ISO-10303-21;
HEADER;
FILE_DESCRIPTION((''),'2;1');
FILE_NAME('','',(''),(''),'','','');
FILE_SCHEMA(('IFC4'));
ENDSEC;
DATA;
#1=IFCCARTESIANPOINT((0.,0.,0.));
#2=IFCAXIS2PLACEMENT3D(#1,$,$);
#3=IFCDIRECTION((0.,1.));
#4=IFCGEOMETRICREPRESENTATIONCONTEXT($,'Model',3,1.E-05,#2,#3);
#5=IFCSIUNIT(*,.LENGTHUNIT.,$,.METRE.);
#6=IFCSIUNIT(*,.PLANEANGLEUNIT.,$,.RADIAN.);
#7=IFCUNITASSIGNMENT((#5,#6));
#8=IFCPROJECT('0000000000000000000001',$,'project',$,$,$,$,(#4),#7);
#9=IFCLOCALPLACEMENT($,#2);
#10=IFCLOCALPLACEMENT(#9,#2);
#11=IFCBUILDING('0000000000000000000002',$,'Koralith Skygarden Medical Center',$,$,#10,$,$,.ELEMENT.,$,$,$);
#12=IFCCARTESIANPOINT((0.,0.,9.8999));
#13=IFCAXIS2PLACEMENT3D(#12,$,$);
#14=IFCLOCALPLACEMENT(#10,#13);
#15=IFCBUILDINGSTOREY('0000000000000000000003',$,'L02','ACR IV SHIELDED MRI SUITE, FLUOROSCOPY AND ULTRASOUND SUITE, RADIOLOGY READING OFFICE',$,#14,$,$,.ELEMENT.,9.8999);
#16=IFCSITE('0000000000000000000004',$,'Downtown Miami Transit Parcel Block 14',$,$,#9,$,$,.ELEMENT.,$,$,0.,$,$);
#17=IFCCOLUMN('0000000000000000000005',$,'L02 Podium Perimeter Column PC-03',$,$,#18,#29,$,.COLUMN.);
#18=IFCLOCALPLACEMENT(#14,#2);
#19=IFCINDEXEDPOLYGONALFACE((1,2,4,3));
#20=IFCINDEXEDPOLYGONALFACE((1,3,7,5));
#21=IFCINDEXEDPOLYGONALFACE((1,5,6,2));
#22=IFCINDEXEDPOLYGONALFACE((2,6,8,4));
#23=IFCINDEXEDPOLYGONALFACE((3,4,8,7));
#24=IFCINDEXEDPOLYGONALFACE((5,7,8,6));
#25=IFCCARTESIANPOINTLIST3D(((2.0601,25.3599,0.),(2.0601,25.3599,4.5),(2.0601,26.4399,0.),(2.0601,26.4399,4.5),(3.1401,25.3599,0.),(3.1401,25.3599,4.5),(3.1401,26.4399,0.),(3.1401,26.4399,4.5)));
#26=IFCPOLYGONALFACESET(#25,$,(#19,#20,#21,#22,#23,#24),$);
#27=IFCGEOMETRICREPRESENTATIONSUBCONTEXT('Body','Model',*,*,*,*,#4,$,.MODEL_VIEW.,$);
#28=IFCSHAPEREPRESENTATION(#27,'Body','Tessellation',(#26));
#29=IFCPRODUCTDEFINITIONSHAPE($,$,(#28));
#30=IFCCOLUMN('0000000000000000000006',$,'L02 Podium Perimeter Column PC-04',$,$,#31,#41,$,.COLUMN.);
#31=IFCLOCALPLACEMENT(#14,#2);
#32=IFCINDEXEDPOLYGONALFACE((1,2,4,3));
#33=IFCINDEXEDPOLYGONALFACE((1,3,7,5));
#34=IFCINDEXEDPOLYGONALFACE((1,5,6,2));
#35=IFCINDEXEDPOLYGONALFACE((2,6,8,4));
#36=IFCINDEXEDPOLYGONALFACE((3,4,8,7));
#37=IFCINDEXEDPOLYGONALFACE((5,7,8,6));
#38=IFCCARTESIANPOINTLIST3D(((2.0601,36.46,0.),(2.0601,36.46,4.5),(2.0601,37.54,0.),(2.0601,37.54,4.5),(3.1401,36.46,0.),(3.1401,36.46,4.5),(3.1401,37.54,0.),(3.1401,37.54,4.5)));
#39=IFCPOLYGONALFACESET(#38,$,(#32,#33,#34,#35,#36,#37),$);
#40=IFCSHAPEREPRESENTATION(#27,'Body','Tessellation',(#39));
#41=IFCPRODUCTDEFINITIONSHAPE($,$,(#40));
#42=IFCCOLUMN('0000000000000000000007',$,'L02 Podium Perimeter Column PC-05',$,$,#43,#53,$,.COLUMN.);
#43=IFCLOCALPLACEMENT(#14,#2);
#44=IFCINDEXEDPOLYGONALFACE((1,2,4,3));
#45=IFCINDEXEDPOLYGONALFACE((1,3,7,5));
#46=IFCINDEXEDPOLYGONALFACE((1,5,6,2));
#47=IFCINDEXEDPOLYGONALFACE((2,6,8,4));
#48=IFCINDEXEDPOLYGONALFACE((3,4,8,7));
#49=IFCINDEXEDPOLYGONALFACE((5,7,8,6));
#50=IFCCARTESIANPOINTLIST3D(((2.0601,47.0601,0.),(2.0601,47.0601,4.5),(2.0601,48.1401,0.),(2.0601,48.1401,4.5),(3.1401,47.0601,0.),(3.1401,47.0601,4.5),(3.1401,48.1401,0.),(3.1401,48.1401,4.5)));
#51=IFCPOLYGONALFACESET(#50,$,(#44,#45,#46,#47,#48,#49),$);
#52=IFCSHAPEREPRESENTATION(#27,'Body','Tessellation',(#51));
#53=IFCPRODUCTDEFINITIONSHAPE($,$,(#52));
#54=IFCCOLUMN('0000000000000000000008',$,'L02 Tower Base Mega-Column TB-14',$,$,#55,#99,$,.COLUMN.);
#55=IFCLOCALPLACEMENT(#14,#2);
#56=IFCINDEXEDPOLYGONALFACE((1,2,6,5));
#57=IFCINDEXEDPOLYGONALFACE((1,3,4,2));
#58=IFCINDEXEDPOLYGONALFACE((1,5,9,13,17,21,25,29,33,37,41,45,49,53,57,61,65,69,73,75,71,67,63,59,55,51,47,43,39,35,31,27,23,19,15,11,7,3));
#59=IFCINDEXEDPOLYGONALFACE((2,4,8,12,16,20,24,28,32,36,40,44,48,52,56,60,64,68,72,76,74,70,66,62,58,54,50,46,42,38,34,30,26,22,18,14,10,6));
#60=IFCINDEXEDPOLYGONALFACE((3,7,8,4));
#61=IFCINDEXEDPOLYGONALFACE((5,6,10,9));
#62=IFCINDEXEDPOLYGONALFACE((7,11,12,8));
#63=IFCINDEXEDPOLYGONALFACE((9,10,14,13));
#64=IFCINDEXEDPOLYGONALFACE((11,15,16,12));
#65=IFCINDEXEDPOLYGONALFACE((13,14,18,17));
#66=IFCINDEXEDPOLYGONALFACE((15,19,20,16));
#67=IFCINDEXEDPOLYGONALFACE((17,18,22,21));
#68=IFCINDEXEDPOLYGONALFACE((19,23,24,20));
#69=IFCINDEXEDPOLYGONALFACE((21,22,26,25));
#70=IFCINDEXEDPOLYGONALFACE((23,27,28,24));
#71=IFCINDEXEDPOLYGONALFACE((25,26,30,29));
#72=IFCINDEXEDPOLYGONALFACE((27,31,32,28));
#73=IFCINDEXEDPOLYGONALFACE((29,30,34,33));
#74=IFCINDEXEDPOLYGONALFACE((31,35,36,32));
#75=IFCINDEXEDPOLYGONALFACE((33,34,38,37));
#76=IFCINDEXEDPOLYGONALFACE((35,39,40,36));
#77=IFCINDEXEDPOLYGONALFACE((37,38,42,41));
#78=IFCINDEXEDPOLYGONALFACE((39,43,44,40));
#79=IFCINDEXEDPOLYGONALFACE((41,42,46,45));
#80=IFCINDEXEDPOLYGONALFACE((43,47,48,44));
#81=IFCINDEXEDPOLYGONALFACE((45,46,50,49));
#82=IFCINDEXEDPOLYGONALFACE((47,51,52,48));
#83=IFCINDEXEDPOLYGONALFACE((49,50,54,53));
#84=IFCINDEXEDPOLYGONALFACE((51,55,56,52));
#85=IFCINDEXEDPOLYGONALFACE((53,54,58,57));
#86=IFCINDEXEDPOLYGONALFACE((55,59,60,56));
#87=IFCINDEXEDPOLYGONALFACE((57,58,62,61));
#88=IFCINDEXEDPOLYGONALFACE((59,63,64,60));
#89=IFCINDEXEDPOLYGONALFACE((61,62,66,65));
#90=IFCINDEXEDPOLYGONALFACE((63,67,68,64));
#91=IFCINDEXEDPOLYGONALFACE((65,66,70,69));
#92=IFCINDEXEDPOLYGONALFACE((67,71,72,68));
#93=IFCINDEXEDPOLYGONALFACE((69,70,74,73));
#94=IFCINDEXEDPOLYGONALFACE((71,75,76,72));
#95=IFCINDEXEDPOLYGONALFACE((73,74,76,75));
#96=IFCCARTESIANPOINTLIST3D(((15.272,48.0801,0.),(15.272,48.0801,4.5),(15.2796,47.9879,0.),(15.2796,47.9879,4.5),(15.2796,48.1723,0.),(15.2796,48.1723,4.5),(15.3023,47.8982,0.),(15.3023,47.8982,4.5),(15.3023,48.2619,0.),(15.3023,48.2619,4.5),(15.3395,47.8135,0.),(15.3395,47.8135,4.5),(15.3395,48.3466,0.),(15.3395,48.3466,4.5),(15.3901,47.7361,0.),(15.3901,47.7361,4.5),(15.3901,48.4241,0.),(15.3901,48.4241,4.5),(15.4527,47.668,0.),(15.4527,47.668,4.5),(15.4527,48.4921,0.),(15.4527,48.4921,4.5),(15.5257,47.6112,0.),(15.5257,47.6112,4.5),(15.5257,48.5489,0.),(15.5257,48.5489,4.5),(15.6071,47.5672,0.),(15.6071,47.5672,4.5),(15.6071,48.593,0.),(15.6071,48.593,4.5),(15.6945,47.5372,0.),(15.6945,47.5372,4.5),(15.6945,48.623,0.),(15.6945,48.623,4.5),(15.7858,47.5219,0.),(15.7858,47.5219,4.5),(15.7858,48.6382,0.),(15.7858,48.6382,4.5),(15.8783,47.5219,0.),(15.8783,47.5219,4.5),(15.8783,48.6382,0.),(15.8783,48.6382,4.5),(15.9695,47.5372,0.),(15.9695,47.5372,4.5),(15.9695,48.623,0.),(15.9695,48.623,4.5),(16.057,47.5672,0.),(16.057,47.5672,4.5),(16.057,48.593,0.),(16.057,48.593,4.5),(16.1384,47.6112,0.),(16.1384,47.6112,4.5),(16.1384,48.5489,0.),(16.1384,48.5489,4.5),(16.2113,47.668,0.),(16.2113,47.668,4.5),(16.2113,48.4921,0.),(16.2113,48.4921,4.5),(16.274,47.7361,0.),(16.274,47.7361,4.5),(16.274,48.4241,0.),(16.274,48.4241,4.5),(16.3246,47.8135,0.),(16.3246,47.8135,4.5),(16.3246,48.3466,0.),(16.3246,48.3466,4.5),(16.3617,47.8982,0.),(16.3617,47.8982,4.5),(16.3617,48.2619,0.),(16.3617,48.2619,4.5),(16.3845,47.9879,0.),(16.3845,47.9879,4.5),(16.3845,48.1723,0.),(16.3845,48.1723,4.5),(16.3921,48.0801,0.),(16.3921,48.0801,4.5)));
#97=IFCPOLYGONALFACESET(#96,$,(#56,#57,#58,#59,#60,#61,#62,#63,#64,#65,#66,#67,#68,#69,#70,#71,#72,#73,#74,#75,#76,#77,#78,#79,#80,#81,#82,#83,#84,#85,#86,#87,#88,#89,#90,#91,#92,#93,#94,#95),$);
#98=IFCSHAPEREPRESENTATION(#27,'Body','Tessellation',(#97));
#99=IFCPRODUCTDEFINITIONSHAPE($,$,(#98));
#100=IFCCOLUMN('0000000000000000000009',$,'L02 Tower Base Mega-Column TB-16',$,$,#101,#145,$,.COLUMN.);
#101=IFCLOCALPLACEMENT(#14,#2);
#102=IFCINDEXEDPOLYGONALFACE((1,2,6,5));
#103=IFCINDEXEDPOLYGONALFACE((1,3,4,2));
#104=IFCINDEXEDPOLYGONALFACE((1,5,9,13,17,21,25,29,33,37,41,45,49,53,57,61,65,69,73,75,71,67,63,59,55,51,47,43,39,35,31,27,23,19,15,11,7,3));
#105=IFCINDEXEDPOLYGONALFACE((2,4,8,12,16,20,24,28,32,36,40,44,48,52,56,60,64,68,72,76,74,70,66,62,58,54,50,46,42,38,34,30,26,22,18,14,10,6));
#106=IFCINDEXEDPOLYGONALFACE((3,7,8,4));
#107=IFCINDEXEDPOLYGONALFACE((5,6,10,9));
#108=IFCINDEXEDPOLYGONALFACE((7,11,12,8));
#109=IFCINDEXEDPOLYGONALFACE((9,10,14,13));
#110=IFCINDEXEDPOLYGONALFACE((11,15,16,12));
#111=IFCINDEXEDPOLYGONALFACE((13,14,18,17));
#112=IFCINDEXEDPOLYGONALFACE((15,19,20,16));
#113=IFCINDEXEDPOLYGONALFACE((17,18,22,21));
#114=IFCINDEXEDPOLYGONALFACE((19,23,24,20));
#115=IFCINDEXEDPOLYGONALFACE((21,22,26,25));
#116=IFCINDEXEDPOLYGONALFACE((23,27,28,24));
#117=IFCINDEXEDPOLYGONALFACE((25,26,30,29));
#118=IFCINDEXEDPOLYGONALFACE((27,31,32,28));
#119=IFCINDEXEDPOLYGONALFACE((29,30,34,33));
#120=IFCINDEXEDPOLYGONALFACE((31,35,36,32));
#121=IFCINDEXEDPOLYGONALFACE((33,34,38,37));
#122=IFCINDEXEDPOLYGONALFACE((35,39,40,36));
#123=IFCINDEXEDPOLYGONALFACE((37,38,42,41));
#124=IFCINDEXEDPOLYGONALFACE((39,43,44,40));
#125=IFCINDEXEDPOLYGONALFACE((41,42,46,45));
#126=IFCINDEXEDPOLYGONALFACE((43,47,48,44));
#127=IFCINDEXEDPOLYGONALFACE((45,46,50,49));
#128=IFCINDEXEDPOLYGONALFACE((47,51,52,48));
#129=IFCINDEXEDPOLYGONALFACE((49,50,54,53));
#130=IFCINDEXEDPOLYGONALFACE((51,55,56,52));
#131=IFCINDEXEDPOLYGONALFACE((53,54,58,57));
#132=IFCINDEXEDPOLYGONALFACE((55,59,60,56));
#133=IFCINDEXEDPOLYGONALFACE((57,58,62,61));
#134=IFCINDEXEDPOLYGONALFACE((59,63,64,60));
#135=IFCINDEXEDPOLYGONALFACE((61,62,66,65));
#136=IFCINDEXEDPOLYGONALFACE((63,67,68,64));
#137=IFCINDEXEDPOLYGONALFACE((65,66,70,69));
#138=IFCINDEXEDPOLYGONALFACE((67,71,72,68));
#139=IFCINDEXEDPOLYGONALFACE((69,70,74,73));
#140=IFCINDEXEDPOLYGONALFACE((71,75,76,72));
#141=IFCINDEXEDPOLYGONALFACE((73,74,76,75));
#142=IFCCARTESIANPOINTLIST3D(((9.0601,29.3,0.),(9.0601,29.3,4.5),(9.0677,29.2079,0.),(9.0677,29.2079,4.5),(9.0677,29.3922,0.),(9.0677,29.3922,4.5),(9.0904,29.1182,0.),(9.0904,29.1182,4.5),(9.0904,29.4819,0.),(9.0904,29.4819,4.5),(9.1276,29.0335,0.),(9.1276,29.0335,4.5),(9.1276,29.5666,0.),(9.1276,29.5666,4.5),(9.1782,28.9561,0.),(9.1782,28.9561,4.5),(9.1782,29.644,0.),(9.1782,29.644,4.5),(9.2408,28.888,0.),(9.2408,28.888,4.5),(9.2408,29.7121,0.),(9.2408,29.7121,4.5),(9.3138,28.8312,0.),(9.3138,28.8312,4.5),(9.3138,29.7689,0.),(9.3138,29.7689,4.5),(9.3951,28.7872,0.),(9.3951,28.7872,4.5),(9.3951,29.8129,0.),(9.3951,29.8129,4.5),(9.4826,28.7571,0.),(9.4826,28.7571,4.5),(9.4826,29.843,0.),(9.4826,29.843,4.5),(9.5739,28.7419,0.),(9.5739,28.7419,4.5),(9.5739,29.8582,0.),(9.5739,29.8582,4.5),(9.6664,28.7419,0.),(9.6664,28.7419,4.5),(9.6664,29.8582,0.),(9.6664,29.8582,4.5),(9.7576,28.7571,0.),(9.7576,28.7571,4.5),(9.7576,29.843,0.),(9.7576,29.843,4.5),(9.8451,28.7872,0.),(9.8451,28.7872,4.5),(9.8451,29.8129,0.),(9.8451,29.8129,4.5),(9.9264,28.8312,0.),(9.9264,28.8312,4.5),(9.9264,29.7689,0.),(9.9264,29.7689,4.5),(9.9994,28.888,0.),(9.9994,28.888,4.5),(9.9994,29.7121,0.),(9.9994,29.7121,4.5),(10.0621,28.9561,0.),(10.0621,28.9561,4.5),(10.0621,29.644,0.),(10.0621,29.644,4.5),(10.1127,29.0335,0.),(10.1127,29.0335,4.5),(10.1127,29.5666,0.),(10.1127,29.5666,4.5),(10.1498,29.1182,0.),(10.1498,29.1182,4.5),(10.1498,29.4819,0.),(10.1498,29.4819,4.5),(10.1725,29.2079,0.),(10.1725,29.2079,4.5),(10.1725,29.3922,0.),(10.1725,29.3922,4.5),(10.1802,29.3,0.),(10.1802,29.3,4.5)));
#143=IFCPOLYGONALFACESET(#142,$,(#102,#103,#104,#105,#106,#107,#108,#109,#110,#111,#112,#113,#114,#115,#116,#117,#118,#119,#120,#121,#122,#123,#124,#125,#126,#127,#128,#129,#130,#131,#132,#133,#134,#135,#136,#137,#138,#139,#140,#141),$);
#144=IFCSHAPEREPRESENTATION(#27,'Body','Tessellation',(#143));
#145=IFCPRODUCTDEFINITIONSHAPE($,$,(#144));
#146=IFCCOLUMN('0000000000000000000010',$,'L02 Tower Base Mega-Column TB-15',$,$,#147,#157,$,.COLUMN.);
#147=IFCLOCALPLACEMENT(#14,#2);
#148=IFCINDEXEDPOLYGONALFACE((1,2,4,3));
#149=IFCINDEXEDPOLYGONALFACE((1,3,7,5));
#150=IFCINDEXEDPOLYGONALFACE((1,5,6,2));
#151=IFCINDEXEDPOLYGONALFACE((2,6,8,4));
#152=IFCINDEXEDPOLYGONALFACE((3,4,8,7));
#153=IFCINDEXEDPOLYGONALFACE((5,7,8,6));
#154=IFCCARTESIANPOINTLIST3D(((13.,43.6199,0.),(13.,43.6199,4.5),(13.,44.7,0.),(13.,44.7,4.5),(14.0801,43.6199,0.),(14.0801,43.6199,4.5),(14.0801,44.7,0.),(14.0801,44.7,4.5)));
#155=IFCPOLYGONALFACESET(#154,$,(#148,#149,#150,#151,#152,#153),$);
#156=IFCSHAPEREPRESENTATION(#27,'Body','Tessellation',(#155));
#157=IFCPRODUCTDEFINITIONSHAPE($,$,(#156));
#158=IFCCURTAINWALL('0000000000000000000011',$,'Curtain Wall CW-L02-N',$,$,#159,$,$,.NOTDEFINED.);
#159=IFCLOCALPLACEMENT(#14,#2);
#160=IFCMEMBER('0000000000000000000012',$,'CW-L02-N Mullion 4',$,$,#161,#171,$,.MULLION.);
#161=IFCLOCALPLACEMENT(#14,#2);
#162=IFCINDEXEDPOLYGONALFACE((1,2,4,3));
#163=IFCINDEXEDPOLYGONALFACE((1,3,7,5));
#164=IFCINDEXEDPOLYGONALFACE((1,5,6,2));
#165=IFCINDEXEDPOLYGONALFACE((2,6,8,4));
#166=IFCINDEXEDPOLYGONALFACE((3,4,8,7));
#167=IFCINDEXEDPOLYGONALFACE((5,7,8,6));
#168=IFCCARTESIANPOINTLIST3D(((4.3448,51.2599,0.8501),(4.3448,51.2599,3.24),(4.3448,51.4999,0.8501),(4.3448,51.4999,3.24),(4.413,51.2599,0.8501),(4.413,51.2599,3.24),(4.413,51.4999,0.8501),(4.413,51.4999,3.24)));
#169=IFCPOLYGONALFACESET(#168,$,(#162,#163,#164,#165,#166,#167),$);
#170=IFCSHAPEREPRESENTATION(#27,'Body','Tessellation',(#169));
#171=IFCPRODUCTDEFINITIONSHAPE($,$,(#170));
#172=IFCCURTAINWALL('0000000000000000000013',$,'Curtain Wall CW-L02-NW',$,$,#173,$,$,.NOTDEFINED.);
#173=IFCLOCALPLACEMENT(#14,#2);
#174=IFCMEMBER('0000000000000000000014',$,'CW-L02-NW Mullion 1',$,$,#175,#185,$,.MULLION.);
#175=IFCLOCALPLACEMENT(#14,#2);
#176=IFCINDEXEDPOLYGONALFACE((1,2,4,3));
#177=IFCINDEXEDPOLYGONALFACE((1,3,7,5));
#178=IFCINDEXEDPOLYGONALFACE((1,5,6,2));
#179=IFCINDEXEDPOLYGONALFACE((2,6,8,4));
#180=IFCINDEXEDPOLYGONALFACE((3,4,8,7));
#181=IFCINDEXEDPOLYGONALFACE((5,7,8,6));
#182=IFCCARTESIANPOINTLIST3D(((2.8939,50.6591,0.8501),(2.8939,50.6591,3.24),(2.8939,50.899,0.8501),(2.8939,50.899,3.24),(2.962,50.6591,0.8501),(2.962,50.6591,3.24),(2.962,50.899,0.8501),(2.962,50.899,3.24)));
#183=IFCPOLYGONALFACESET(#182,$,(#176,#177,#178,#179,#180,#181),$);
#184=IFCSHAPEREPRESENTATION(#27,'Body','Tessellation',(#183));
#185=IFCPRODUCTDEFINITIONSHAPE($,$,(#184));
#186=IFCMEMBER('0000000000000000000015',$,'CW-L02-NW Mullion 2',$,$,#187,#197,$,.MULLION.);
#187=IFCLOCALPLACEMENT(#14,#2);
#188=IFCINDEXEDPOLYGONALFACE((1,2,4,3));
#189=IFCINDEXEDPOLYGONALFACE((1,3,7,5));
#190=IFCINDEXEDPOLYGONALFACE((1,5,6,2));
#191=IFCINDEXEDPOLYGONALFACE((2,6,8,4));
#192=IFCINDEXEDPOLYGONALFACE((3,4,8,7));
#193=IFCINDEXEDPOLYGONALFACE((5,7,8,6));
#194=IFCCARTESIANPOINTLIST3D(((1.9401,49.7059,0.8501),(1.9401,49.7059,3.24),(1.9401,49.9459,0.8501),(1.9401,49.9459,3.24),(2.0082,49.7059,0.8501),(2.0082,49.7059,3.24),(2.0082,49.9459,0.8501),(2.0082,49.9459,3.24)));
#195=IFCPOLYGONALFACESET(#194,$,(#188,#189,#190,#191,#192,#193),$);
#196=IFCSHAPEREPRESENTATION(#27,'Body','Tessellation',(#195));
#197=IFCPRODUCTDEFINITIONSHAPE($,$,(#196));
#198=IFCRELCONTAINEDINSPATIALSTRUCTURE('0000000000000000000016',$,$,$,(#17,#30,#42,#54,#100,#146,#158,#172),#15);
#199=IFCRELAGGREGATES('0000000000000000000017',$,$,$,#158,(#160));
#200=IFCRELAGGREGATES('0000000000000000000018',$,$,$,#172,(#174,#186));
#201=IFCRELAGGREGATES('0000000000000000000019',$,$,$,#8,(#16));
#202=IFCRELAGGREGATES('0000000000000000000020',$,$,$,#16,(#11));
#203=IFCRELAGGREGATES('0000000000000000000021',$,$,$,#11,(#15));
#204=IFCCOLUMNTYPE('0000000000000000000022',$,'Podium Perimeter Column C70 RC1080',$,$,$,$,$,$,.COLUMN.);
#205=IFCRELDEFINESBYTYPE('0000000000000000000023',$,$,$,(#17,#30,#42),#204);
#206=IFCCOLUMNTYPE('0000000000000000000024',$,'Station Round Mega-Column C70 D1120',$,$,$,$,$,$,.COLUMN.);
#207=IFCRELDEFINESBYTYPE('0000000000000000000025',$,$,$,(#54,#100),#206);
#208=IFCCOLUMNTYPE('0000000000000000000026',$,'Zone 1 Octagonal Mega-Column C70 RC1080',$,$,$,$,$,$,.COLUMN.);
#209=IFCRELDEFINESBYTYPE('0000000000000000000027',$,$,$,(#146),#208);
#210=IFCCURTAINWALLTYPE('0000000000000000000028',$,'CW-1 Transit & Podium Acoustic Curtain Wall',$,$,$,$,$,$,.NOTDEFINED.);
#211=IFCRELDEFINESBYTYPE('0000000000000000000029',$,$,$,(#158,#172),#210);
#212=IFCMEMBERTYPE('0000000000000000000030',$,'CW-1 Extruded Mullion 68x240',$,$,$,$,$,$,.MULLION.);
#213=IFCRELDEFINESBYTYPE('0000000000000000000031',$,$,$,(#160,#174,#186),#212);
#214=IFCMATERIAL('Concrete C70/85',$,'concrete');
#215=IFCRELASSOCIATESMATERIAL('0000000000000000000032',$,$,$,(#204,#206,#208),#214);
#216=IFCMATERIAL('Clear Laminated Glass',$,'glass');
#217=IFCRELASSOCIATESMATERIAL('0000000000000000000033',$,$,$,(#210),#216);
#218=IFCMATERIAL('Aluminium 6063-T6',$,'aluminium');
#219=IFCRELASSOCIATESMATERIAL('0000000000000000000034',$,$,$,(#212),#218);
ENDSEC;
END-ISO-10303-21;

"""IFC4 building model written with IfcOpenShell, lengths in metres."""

from ifc_helpers import new_model, si_unit, direction, frame, origin, origin_2d, place, context, subcontext, project, spatial, rectangle, circle, extrude, material, material_profile, profile_set, type_object, element, aggregate, save


model = new_model("IFC4")

# Units and contexts
model_context = context("Model", 3, precision=1e-05, world=origin(), true_north=direction((0.0, 1.0)))
body_context = subcontext(model_context, "Body", "Model", "MODEL_VIEW")
ifc_project = project(units=[si_unit("LENGTHUNIT", "METRE"), si_unit("PLANEANGLEUNIT", "RADIAN")], contexts=[model_context])

# Site, building, storey
site_placement = place(None, origin())
site = spatial("IfcSite", under=ifc_project, at=site_placement, Name="Downtown Miami Transit Parcel Block 14", CompositionType="ELEMENT", RefElevation=0.0)
building_placement = place(site_placement, origin())
building = spatial("IfcBuilding", under=site, at=building_placement, Name="Koralith Skygarden Medical Center", CompositionType="ELEMENT")
storey_placement = place(building_placement, frame((0.0, 0.0, 9.8999)))
storey = spatial("IfcBuildingStorey", under=building, at=storey_placement, Name="L02", Description="ACR IV SHIELDED MRI SUITE, FLUOROSCOPY AND ULTRASOUND SUITE, RADIOLOGY READING OFFICE", CompositionType="ELEMENT", Elevation=9.8999)

# Columns
ifc_material_1 = material(Name="Concrete C70/85", Category="concrete")
ifc_material_profile_1 = material_profile(ifc_material_1, rectangle(XDim=1.0801, YDim=1.0801, at=origin_2d()), Name="RC1080X1080")
ifc_profile_set_1 = profile_set([ifc_material_profile_1], Name="Concrete C70/85")
column_type_1 = type_object("IfcColumnType", Name="Podium Perimeter Column C70 RC1080", PredefinedType="COLUMN", material=ifc_profile_set_1)
for number, where, z_axis, x_axis, name in (
    (1, (2.6001, 25.8999, 0.0), (0.0, 0.0, 1.0), (1.0, 0.0, 0.0), "L02 Podium Perimeter Column PC-03"),
    (2, (2.6001, 37.0, 0.0), (0.0, 0.0, 1.0), (1.0, 0.0, 0.0), "L02 Podium Perimeter Column PC-04"),
    (3, (2.6001, 47.6001, 0.0), (0.0, 0.0, 1.0), (1.0, 0.0, 0.0), "L02 Podium Perimeter Column PC-05"),
):
    element("IfcColumn", number, at=place(storey_placement, frame(where, z_axis=z_axis, x_axis=x_axis)), inside=storey, type_object=column_type_1, Name=name, PredefinedType="COLUMN", context=body_context, shape_type="SweptSolid", body=[
        extrude(rectangle(XDim=1.0801, YDim=1.0801, at=origin_2d()), origin(), (0.0, 0.0, 1.0), 4.5),
    ])
ifc_material_profile_2 = material_profile(ifc_material_1, circle(Radius=0.5601, at=origin_2d()), Name="RCCOL1120")
ifc_profile_set_2 = profile_set([ifc_material_profile_2], Name="Concrete C70/85")
column_type_2 = type_object("IfcColumnType", Name="Station Round Mega-Column C70 D1120", PredefinedType="COLUMN", material=ifc_profile_set_2)
for number, where, z_axis, x_axis, name in (
    (4, (15.832, 48.0801, 0.0), (0.0, 0.0, 1.0), (1.0, 0.0, 0.0), "L02 Tower Base Mega-Column TB-14"),
    (5, (9.6201, 29.3, 0.0), (0.0, 0.0, 1.0), (1.0, 0.0, 0.0), "L02 Tower Base Mega-Column TB-16"),
):
    element("IfcColumn", number, at=place(storey_placement, frame(where, z_axis=z_axis, x_axis=x_axis)), inside=storey, type_object=column_type_2, Name=name, PredefinedType="COLUMN", context=body_context, shape_type="SweptSolid", body=[
        extrude(circle(Radius=0.5601, at=origin_2d()), origin(), (0.0, 0.0, 1.0), 4.5),
    ])
ifc_material_profile_3 = material_profile(ifc_material_1, rectangle(XDim=1.0801, YDim=1.0801, at=origin_2d()), Name="RC1080X1080")
ifc_profile_set_3 = profile_set([ifc_material_profile_3], Name="Concrete C70/85")
column_type_3 = type_object("IfcColumnType", Name="Zone 1 Octagonal Mega-Column C70 RC1080", PredefinedType="COLUMN", material=ifc_profile_set_3)
column_placement = place(storey_placement, frame((13.54, 44.1599, 0.0), z_axis=(0.0, 0.0, 1.0), x_axis=(1.0, 0.0, 0.0)))
element("IfcColumn", 6, at=column_placement, inside=storey, type_object=column_type_3, Name="L02 Tower Base Mega-Column TB-15", PredefinedType="COLUMN", context=body_context, shape_type="SweptSolid", body=[
    extrude(rectangle(XDim=1.0801, YDim=1.0801, at=origin_2d()), origin(), (0.0, 0.0, 1.0), 4.5),
])

# Curtain wall, member
ifc_material_2 = material(Name="Clear Laminated Glass", Category="glass")
curtain_wall_type = type_object("IfcCurtainWallType", Name="CW-1 Transit & Podium Acoustic Curtain Wall", PredefinedType="NOTDEFINED", material=ifc_material_2)
curtain_wall_1_placement = place(storey_placement, origin())
curtain_wall_1 = element("IfcCurtainWall", 7, at=curtain_wall_1_placement, inside=storey, type_object=curtain_wall_type, Name="Curtain Wall CW-L02-N", PredefinedType="NOTDEFINED")
ifc_material_3 = material(Name="Aluminium 6063-T6", Category="aluminium")
ifc_material_profile_4 = material_profile(ifc_material_3, rectangle(XDim=0.0681, YDim=0.24, at=origin_2d()), Name="MUL68X240")
ifc_profile_set_4 = profile_set([ifc_material_profile_4], Name="Aluminium 6063-T6")
member_type_1 = type_object("IfcMemberType", Name="CW-1 Extruded Mullion 68x240", PredefinedType="MULLION", material=ifc_profile_set_4)
member_1_placement = place(storey_placement, frame((4.3789, 51.3799, 0.8501), z_axis=(0.0, 0.0, 1.0), x_axis=(1.0, 0.0, 0.0)))
member_1 = element("IfcMember", 8, at=member_1_placement, type_object=member_type_1, Name="CW-L02-N Mullion 4", PredefinedType="MULLION", context=body_context, shape_type="SweptSolid", body=[
    extrude(rectangle(XDim=0.0681, YDim=0.24, at=origin_2d()), origin(), (0.0, 0.0, 1.0), 2.3899),
])

# Curtain wall, members
curtain_wall_2_placement = place(storey_placement, origin())
curtain_wall_2 = element("IfcCurtainWall", 9, at=curtain_wall_2_placement, inside=storey, type_object=curtain_wall_type, Name="Curtain Wall CW-L02-NW", PredefinedType="NOTDEFINED")
member_2_placement = place(storey_placement, frame((2.928, 50.7791, 0.8501), z_axis=(0.0, 0.0, 1.0), x_axis=(1.0, 0.0, 0.0)))
member_2 = element("IfcMember", 10, at=member_2_placement, type_object=member_type_1, Name="CW-L02-NW Mullion 1", PredefinedType="MULLION", context=body_context, shape_type="SweptSolid", body=[
    extrude(rectangle(XDim=0.0681, YDim=0.24, at=origin_2d()), origin(), (0.0, 0.0, 1.0), 2.3899),
])
member_3_placement = place(storey_placement, frame((1.9741, 49.8259, 0.8501), z_axis=(0.0, 0.0, 1.0), x_axis=(1.0, 0.0, 0.0)))
member_3 = element("IfcMember", 11, at=member_3_placement, type_object=member_type_1, Name="CW-L02-NW Mullion 2", PredefinedType="MULLION", context=body_context, shape_type="SweptSolid", body=[
    extrude(rectangle(XDim=0.0681, YDim=0.24, at=origin_2d()), origin(), (0.0, 0.0, 1.0), 2.3899),
])

aggregate(curtain_wall_1, [member_1])
aggregate(curtain_wall_2, [member_2, member_3])

save(model, "model.ifc")
